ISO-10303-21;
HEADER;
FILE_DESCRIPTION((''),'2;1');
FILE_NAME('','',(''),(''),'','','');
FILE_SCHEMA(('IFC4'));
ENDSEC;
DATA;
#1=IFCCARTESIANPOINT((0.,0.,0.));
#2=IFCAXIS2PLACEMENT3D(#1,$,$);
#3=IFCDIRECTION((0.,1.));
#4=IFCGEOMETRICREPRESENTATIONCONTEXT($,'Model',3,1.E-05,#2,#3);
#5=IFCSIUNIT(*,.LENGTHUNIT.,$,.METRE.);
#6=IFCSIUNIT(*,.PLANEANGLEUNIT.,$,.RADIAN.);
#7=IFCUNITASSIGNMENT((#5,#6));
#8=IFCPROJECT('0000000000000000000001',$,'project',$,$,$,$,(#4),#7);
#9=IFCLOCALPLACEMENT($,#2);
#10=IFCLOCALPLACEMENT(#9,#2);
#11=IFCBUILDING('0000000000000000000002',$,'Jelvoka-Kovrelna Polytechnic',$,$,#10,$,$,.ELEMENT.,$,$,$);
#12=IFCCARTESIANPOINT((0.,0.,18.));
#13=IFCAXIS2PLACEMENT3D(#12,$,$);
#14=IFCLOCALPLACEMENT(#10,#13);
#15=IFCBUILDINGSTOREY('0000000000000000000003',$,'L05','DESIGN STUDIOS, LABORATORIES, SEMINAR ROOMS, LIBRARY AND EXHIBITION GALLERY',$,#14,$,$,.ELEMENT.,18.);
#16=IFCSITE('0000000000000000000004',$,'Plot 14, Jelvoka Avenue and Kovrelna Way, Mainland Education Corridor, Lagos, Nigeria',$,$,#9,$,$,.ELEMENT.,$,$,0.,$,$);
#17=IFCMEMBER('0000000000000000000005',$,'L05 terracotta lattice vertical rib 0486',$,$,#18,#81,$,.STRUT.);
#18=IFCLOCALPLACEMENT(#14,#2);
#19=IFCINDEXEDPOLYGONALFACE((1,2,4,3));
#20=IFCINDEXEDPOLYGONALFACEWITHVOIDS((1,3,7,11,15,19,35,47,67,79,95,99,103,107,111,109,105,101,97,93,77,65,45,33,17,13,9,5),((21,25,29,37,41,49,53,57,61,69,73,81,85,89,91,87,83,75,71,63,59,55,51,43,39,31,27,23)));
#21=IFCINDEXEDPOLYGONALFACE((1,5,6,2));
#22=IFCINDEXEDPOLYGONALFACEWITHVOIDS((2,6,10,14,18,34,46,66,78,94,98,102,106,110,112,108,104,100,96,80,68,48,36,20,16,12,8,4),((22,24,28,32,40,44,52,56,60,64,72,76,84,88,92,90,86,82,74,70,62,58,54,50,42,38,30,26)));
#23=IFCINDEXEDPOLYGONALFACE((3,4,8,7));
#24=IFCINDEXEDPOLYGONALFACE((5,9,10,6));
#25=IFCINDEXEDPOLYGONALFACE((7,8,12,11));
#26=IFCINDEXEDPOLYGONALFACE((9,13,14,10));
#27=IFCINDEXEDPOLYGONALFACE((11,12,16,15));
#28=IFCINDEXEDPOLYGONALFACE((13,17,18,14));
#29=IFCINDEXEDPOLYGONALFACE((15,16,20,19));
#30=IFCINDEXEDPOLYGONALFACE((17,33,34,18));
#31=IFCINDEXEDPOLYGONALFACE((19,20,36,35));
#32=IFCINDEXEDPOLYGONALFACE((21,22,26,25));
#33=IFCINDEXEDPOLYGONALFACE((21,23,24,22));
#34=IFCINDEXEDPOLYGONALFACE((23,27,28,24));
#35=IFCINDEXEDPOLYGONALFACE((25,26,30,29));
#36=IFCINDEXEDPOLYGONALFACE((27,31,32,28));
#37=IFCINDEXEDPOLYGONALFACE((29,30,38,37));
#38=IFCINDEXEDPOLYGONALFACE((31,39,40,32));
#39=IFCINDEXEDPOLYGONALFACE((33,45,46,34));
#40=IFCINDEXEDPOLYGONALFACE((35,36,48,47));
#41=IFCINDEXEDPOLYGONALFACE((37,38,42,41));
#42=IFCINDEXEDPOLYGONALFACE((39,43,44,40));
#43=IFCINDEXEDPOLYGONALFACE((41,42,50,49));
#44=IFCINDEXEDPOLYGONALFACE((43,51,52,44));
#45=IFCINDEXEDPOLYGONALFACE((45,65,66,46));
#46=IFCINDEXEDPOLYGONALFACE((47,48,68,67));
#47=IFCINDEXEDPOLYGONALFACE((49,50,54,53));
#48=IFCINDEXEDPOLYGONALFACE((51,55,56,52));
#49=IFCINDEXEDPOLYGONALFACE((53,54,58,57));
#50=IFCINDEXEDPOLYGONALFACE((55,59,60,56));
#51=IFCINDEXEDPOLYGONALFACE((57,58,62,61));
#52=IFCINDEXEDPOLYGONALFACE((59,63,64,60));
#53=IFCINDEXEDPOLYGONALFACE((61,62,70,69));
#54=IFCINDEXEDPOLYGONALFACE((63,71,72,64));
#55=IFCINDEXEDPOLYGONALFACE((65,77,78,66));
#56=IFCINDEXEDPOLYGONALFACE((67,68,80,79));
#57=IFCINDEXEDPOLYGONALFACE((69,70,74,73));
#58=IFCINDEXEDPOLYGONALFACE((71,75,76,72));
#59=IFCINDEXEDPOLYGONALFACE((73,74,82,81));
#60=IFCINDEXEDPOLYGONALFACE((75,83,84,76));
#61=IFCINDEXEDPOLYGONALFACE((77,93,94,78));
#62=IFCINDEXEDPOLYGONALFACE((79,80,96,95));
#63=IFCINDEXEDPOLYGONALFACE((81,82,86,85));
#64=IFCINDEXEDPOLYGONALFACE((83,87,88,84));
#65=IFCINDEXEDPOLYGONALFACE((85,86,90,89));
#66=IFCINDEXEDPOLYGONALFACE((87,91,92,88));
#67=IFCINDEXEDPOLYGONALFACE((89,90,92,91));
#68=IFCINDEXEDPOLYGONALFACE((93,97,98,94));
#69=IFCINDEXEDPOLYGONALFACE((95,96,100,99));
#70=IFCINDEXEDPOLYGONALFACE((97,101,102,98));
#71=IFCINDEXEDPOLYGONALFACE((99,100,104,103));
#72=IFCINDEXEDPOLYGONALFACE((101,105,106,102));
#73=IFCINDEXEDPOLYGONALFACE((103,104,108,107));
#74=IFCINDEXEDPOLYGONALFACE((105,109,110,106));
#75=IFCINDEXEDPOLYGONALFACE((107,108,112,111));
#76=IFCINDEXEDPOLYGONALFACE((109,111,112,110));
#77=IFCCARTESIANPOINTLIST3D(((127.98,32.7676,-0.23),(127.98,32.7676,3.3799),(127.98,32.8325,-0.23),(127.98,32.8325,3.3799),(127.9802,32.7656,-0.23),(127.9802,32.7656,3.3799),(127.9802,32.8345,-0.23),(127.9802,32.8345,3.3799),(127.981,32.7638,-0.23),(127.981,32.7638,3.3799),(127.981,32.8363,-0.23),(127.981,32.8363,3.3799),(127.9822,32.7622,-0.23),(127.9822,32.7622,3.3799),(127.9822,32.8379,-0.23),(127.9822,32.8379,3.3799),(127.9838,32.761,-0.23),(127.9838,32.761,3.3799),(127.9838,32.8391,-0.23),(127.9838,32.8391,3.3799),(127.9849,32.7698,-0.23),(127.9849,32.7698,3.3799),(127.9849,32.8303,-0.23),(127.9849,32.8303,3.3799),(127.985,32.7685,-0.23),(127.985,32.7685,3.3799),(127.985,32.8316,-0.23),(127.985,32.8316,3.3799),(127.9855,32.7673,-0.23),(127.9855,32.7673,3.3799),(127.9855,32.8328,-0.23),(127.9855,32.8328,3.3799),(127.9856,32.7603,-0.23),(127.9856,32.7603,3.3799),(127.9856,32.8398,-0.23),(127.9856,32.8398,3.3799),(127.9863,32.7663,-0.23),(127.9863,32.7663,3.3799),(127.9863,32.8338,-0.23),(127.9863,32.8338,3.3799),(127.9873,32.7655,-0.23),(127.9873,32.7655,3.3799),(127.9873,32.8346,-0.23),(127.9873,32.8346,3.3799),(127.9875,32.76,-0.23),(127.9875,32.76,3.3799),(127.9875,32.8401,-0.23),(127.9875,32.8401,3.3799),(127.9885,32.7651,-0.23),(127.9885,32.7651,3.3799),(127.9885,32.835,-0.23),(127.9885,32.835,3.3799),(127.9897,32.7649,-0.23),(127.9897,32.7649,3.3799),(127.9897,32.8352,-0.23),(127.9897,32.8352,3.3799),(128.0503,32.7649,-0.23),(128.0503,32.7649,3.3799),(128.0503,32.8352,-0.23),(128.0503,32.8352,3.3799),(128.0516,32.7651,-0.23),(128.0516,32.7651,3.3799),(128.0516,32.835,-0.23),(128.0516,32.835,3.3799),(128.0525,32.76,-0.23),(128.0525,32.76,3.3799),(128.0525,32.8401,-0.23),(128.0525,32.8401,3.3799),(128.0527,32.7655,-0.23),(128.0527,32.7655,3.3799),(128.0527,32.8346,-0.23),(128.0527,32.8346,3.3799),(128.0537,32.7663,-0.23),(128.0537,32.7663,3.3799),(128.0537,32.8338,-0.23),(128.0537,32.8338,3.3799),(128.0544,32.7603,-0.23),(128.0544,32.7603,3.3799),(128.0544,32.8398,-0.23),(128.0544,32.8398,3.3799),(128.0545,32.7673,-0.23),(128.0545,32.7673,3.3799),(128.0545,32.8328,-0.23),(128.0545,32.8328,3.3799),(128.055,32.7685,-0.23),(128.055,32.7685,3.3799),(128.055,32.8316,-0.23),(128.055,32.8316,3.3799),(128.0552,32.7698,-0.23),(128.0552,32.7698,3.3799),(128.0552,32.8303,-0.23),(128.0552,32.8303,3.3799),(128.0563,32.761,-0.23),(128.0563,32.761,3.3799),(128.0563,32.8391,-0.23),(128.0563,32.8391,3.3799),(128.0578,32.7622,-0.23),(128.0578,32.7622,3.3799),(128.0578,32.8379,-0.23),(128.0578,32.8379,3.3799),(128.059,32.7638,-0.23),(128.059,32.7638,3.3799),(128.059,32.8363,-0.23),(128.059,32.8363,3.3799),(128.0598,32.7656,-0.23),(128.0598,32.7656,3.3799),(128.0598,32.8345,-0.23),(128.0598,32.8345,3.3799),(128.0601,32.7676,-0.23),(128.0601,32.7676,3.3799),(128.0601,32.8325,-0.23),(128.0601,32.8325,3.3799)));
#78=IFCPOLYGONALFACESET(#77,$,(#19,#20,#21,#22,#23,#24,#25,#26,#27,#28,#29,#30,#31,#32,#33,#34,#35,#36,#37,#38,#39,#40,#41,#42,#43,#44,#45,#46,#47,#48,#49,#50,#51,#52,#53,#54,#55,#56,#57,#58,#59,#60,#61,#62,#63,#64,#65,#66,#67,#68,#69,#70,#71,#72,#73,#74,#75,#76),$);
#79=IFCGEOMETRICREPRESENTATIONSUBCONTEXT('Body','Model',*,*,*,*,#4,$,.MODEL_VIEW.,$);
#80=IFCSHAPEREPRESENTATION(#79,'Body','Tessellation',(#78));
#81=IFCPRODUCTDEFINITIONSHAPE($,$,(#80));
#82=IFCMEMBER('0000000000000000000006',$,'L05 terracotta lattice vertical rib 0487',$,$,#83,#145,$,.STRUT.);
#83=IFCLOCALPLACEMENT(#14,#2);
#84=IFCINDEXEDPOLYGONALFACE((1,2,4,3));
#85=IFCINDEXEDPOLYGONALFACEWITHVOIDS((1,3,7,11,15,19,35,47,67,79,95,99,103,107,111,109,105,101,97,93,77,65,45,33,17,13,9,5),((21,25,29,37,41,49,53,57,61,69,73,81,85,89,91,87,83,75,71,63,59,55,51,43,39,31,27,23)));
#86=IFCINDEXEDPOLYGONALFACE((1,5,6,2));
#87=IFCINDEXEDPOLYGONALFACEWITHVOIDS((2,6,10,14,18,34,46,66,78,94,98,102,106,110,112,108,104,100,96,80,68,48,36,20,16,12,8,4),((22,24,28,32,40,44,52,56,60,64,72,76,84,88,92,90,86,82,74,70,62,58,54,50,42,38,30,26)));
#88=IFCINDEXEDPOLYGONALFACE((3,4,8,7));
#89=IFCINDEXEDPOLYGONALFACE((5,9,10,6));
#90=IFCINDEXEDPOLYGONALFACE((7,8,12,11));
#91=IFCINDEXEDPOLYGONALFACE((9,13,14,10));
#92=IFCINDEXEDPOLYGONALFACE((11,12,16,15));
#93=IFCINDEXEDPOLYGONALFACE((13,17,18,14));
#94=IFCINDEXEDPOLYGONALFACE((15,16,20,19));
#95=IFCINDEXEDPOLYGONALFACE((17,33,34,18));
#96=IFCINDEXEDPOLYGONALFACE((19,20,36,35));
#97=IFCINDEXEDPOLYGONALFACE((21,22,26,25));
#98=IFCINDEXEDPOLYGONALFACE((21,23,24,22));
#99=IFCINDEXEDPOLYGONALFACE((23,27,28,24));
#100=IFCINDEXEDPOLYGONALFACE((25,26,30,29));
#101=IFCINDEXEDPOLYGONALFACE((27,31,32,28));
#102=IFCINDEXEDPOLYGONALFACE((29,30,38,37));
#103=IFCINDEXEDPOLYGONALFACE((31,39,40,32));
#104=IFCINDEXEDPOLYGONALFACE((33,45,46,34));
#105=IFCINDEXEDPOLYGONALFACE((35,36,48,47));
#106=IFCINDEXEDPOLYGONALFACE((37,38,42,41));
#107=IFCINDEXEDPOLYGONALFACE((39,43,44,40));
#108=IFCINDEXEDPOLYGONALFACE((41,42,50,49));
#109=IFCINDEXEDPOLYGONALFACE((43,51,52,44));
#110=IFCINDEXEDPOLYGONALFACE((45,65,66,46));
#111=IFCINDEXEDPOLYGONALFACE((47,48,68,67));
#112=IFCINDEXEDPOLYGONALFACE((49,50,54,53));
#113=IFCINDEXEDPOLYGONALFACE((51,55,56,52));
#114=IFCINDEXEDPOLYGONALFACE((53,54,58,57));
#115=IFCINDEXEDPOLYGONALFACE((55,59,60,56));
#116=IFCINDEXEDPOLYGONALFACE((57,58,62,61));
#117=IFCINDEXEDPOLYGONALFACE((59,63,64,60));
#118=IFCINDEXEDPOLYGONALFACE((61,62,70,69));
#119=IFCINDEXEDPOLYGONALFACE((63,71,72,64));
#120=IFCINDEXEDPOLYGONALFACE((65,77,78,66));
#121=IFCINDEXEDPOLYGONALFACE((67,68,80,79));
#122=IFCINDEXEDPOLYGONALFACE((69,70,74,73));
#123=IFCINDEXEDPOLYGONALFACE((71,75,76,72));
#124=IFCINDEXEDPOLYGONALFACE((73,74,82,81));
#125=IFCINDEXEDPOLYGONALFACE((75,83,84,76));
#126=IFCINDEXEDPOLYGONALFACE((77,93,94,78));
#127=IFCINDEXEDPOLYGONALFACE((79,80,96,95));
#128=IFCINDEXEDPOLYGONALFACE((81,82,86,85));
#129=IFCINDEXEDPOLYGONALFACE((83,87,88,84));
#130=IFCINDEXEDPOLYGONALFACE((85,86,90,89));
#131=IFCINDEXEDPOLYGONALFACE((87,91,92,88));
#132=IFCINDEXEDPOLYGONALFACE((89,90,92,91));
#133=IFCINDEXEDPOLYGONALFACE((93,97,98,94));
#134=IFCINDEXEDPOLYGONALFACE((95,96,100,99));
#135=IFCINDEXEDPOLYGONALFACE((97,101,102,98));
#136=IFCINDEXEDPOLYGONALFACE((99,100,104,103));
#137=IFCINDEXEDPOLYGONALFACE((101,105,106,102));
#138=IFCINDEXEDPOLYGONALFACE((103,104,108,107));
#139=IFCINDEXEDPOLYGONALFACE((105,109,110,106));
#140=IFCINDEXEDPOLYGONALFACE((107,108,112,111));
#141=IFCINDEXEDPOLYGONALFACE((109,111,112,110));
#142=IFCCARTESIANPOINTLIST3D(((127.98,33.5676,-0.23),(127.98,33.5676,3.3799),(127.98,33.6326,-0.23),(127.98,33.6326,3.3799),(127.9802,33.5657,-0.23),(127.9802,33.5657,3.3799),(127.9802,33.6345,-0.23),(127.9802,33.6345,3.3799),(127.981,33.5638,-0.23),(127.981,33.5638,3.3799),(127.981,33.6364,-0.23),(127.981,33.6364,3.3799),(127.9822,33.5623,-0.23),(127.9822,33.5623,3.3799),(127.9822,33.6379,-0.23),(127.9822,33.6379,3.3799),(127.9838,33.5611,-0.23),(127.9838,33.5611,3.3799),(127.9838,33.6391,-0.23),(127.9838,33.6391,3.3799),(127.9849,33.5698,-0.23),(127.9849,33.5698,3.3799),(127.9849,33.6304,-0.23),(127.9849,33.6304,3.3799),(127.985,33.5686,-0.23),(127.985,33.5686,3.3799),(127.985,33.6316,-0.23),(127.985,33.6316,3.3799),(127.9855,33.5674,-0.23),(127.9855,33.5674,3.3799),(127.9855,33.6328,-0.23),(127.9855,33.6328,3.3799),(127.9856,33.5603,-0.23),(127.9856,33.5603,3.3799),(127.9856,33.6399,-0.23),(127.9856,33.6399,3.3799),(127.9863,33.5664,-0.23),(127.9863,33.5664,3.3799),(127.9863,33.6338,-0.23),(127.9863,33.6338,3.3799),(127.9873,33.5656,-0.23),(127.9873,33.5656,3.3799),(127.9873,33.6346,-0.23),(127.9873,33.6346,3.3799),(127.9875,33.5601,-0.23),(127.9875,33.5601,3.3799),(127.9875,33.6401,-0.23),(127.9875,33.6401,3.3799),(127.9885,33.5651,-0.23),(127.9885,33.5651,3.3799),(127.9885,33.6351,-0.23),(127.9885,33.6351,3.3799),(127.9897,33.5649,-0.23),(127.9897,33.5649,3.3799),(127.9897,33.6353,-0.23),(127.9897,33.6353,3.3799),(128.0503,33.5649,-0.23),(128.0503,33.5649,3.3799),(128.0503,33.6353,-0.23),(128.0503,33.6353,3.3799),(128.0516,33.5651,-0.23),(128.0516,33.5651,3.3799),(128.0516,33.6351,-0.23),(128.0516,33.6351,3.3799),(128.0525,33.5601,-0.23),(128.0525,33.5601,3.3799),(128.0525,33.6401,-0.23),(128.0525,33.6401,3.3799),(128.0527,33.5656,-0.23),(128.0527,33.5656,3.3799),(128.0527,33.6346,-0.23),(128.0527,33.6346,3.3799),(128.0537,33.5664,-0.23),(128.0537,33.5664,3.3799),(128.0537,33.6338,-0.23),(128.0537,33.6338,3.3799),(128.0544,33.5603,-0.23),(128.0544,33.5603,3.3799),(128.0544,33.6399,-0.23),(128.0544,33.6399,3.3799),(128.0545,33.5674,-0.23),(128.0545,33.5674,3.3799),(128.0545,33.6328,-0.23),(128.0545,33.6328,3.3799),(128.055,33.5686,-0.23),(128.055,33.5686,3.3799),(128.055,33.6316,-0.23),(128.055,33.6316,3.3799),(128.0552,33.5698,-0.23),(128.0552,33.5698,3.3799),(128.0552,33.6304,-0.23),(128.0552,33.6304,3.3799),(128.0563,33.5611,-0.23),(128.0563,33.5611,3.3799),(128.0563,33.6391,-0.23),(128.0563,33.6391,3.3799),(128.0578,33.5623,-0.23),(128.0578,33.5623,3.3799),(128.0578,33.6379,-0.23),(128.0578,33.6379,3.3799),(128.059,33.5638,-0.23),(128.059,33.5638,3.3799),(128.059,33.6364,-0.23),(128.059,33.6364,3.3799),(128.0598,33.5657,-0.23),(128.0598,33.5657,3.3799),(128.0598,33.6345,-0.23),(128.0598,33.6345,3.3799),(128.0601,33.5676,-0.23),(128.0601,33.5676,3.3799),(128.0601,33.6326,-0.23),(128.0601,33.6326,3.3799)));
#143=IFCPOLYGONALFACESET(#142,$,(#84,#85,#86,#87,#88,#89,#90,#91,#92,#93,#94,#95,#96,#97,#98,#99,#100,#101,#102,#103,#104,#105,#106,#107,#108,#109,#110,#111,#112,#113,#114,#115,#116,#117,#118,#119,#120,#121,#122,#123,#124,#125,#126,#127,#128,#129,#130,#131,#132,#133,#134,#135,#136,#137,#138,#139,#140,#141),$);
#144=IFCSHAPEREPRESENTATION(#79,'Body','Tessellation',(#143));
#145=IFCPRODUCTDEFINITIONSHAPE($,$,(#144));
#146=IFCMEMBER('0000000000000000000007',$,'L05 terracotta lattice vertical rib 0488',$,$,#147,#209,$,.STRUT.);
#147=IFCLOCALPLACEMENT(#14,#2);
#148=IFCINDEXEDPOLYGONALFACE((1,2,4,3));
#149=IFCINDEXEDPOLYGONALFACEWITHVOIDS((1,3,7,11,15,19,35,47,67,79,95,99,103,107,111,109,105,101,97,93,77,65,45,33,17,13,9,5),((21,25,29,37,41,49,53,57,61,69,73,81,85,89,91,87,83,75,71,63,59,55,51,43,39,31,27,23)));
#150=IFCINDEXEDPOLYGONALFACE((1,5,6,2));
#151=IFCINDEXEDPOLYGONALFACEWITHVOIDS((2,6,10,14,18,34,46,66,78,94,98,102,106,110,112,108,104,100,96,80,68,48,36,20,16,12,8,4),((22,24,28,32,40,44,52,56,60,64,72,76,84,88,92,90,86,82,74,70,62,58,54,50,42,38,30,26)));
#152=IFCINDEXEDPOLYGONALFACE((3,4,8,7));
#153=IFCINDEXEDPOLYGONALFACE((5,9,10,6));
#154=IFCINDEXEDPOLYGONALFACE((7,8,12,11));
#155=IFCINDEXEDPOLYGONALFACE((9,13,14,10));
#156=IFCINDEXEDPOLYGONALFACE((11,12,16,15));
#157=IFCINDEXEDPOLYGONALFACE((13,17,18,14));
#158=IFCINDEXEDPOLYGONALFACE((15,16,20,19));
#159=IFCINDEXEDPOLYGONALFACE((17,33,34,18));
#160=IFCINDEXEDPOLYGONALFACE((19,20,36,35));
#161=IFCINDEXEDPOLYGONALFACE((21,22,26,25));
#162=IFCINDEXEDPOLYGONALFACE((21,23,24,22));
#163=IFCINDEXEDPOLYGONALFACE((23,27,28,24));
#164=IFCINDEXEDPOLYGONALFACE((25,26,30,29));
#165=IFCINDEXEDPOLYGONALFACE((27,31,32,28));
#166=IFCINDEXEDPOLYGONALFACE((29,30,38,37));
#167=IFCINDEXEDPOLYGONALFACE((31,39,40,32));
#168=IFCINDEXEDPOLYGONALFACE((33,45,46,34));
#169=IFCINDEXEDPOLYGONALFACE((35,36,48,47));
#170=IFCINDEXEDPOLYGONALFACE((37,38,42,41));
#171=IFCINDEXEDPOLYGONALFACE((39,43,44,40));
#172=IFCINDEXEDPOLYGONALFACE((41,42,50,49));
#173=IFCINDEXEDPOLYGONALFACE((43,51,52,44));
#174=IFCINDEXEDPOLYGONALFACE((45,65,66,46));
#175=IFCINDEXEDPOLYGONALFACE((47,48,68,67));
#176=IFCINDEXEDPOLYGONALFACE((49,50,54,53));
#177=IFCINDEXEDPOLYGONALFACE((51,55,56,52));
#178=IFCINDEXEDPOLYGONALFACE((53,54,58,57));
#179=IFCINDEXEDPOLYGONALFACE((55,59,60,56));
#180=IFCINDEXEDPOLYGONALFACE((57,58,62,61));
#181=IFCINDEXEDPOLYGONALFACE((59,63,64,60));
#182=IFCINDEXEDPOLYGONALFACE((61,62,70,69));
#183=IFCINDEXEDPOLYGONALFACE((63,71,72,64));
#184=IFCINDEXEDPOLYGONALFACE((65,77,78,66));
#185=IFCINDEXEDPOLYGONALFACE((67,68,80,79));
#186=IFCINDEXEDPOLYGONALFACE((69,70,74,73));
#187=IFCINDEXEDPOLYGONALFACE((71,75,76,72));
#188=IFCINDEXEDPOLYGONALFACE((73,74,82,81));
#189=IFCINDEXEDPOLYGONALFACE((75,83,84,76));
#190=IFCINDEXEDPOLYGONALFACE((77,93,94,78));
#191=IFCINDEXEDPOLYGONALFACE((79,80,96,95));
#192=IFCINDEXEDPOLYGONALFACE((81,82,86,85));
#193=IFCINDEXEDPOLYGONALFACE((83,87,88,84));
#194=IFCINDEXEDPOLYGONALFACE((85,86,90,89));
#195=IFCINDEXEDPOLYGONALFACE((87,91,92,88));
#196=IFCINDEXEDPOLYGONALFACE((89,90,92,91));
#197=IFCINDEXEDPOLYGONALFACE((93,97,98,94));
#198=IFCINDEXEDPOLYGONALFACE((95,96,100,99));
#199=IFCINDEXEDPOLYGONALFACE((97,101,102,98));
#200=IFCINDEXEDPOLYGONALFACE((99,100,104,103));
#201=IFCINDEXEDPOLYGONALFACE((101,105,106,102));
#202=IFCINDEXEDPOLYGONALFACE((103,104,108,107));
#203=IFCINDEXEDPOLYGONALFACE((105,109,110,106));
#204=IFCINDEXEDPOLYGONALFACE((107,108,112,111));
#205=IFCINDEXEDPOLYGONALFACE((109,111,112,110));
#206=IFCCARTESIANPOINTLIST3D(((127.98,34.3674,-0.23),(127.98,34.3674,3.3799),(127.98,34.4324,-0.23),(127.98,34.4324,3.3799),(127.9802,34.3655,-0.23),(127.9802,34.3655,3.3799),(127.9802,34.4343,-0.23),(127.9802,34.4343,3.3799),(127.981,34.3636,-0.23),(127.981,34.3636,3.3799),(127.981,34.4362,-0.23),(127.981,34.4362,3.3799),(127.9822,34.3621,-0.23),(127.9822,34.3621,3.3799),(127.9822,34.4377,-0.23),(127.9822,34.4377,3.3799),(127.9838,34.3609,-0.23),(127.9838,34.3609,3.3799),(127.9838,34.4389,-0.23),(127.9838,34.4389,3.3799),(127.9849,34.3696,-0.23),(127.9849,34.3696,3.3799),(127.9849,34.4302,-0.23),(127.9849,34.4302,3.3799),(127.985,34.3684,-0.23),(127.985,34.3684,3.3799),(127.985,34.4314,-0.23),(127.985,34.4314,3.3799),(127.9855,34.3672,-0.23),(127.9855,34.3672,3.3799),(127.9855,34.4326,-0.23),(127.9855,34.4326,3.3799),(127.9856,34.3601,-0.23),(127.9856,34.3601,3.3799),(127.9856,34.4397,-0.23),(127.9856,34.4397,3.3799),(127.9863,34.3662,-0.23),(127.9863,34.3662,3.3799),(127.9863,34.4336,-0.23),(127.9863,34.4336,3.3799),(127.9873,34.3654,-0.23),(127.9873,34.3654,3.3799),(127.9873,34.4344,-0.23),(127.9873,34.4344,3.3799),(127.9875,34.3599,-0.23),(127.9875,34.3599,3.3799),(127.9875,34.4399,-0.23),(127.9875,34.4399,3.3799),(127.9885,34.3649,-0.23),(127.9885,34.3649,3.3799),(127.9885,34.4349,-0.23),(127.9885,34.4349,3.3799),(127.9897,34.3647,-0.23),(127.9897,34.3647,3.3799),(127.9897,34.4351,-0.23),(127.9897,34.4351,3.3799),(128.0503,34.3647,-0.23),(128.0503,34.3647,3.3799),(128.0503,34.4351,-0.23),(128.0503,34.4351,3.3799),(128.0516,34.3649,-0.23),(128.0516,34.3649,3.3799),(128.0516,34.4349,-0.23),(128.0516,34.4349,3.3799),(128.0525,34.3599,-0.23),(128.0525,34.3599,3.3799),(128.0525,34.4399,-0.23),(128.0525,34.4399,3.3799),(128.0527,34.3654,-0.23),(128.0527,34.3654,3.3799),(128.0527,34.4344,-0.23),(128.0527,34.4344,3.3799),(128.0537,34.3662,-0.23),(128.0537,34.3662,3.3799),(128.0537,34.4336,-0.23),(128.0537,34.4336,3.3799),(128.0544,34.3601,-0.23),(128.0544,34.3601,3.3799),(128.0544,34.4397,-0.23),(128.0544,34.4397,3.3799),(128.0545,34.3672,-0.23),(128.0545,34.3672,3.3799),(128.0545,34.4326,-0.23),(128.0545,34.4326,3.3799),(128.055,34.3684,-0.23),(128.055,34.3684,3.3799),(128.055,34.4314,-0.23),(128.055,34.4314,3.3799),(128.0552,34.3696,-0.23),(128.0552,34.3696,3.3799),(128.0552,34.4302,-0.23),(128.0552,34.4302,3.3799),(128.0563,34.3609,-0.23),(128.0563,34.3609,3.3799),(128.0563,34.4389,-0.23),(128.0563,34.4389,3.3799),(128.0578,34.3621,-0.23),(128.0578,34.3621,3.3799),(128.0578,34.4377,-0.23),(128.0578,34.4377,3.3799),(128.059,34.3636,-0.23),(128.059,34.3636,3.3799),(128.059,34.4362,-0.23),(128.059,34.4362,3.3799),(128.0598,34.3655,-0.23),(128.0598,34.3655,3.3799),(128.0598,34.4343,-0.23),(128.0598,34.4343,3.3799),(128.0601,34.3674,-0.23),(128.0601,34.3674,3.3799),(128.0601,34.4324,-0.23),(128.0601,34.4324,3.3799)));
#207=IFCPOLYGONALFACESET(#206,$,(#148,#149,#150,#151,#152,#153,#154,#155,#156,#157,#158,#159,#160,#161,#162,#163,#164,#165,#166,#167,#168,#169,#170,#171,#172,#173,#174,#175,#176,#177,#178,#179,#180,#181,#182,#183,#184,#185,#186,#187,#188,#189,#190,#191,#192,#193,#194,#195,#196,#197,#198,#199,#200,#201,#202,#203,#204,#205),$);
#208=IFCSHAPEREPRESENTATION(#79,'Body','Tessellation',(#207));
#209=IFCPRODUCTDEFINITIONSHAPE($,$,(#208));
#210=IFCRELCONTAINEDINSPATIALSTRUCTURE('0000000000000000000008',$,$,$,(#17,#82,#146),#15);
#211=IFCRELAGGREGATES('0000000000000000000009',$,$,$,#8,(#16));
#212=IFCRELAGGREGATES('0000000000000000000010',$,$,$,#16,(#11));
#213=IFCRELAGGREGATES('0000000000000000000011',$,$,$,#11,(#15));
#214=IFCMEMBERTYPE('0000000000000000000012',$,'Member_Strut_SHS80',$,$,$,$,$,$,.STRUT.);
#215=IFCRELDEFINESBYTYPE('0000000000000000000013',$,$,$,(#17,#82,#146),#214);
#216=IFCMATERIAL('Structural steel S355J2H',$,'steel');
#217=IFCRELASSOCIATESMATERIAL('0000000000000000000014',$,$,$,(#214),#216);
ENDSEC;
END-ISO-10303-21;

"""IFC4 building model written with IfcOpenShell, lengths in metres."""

from ifc_helpers import new_model, si_unit, direction, frame, origin, origin_2d, place, context, subcontext, project, spatial, hollow_rectangle, extrude, material, material_profile, profile_set, type_object, element, save


model = new_model("IFC4")

# Units and contexts
model_context = context("Model", 3, precision=1e-05, world=origin(), true_north=direction((0.0, 1.0)))
body_context = subcontext(model_context, "Body", "Model", "MODEL_VIEW")
ifc_project = project(units=[si_unit("LENGTHUNIT", "METRE"), si_unit("PLANEANGLEUNIT", "RADIAN")], contexts=[model_context])

# Site, building, storey
site_placement = place(None, origin())
site = spatial("IfcSite", under=ifc_project, at=site_placement, Name="Plot 14, Jelvoka Avenue and Kovrelna Way, Mainland Education Corridor, Lagos, Nigeria", CompositionType="ELEMENT", RefElevation=0.0)
building_placement = place(site_placement, origin())
building = spatial("IfcBuilding", under=site, at=building_placement, Name="Jelvoka-Kovrelna Polytechnic", CompositionType="ELEMENT")
storey_placement = place(building_placement, frame((0.0, 0.0, 18.0)))
storey = spatial("IfcBuildingStorey", under=building, at=storey_placement, Name="L05", Description="DESIGN STUDIOS, LABORATORIES, SEMINAR ROOMS, LIBRARY AND EXHIBITION GALLERY", CompositionType="ELEMENT", Elevation=18.0)

# Members
ifc_material_1 = material(Name="Structural steel S355J2H", Category="steel")
ifc_material_profile_1 = material_profile(ifc_material_1, hollow_rectangle(XDim=0.0801, YDim=0.0801, WallThickness=0.0049, InnerFilletRadius=0.0049, OuterFilletRadius=0.0076, at=origin_2d()), Name="80x80x5.0 SHS")
ifc_profile_set_1 = profile_set([ifc_material_profile_1], Name="Structural steel S355J2H")
member_type_1 = type_object("IfcMemberType", Name="Member_Strut_SHS80", PredefinedType="STRUT", material=ifc_profile_set_1)
for number, where, z_axis, x_axis, name in (
    (1, (128.02, 32.8, -0.23), (0.0, 0.0, 1.0), (1.0, 0.0, 0.0), "L05 terracotta lattice vertical rib 0486"),
    (2, (128.02, 33.6001, -0.23), (0.0, 0.0, 1.0), (1.0, 0.0, 0.0), "L05 terracotta lattice vertical rib 0487"),
    (3, (128.02, 34.3999, -0.23), (0.0, 0.0, 1.0), (1.0, 0.0, 0.0), "L05 terracotta lattice vertical rib 0488"),
):
    element("IfcMember", number, at=place(storey_placement, frame(where, z_axis=z_axis, x_axis=x_axis)), inside=storey, type_object=member_type_1, Name=name, PredefinedType="STRUT", context=body_context, shape_type="SweptSolid", body=[
        extrude(hollow_rectangle(XDim=0.0801, YDim=0.0801, WallThickness=0.0049, InnerFilletRadius=0.0049, OuterFilletRadius=0.0076, at=origin_2d()), origin(), (0.0, 0.0, 1.0), 3.6099),
    ])

save(model, "model.ifc")
